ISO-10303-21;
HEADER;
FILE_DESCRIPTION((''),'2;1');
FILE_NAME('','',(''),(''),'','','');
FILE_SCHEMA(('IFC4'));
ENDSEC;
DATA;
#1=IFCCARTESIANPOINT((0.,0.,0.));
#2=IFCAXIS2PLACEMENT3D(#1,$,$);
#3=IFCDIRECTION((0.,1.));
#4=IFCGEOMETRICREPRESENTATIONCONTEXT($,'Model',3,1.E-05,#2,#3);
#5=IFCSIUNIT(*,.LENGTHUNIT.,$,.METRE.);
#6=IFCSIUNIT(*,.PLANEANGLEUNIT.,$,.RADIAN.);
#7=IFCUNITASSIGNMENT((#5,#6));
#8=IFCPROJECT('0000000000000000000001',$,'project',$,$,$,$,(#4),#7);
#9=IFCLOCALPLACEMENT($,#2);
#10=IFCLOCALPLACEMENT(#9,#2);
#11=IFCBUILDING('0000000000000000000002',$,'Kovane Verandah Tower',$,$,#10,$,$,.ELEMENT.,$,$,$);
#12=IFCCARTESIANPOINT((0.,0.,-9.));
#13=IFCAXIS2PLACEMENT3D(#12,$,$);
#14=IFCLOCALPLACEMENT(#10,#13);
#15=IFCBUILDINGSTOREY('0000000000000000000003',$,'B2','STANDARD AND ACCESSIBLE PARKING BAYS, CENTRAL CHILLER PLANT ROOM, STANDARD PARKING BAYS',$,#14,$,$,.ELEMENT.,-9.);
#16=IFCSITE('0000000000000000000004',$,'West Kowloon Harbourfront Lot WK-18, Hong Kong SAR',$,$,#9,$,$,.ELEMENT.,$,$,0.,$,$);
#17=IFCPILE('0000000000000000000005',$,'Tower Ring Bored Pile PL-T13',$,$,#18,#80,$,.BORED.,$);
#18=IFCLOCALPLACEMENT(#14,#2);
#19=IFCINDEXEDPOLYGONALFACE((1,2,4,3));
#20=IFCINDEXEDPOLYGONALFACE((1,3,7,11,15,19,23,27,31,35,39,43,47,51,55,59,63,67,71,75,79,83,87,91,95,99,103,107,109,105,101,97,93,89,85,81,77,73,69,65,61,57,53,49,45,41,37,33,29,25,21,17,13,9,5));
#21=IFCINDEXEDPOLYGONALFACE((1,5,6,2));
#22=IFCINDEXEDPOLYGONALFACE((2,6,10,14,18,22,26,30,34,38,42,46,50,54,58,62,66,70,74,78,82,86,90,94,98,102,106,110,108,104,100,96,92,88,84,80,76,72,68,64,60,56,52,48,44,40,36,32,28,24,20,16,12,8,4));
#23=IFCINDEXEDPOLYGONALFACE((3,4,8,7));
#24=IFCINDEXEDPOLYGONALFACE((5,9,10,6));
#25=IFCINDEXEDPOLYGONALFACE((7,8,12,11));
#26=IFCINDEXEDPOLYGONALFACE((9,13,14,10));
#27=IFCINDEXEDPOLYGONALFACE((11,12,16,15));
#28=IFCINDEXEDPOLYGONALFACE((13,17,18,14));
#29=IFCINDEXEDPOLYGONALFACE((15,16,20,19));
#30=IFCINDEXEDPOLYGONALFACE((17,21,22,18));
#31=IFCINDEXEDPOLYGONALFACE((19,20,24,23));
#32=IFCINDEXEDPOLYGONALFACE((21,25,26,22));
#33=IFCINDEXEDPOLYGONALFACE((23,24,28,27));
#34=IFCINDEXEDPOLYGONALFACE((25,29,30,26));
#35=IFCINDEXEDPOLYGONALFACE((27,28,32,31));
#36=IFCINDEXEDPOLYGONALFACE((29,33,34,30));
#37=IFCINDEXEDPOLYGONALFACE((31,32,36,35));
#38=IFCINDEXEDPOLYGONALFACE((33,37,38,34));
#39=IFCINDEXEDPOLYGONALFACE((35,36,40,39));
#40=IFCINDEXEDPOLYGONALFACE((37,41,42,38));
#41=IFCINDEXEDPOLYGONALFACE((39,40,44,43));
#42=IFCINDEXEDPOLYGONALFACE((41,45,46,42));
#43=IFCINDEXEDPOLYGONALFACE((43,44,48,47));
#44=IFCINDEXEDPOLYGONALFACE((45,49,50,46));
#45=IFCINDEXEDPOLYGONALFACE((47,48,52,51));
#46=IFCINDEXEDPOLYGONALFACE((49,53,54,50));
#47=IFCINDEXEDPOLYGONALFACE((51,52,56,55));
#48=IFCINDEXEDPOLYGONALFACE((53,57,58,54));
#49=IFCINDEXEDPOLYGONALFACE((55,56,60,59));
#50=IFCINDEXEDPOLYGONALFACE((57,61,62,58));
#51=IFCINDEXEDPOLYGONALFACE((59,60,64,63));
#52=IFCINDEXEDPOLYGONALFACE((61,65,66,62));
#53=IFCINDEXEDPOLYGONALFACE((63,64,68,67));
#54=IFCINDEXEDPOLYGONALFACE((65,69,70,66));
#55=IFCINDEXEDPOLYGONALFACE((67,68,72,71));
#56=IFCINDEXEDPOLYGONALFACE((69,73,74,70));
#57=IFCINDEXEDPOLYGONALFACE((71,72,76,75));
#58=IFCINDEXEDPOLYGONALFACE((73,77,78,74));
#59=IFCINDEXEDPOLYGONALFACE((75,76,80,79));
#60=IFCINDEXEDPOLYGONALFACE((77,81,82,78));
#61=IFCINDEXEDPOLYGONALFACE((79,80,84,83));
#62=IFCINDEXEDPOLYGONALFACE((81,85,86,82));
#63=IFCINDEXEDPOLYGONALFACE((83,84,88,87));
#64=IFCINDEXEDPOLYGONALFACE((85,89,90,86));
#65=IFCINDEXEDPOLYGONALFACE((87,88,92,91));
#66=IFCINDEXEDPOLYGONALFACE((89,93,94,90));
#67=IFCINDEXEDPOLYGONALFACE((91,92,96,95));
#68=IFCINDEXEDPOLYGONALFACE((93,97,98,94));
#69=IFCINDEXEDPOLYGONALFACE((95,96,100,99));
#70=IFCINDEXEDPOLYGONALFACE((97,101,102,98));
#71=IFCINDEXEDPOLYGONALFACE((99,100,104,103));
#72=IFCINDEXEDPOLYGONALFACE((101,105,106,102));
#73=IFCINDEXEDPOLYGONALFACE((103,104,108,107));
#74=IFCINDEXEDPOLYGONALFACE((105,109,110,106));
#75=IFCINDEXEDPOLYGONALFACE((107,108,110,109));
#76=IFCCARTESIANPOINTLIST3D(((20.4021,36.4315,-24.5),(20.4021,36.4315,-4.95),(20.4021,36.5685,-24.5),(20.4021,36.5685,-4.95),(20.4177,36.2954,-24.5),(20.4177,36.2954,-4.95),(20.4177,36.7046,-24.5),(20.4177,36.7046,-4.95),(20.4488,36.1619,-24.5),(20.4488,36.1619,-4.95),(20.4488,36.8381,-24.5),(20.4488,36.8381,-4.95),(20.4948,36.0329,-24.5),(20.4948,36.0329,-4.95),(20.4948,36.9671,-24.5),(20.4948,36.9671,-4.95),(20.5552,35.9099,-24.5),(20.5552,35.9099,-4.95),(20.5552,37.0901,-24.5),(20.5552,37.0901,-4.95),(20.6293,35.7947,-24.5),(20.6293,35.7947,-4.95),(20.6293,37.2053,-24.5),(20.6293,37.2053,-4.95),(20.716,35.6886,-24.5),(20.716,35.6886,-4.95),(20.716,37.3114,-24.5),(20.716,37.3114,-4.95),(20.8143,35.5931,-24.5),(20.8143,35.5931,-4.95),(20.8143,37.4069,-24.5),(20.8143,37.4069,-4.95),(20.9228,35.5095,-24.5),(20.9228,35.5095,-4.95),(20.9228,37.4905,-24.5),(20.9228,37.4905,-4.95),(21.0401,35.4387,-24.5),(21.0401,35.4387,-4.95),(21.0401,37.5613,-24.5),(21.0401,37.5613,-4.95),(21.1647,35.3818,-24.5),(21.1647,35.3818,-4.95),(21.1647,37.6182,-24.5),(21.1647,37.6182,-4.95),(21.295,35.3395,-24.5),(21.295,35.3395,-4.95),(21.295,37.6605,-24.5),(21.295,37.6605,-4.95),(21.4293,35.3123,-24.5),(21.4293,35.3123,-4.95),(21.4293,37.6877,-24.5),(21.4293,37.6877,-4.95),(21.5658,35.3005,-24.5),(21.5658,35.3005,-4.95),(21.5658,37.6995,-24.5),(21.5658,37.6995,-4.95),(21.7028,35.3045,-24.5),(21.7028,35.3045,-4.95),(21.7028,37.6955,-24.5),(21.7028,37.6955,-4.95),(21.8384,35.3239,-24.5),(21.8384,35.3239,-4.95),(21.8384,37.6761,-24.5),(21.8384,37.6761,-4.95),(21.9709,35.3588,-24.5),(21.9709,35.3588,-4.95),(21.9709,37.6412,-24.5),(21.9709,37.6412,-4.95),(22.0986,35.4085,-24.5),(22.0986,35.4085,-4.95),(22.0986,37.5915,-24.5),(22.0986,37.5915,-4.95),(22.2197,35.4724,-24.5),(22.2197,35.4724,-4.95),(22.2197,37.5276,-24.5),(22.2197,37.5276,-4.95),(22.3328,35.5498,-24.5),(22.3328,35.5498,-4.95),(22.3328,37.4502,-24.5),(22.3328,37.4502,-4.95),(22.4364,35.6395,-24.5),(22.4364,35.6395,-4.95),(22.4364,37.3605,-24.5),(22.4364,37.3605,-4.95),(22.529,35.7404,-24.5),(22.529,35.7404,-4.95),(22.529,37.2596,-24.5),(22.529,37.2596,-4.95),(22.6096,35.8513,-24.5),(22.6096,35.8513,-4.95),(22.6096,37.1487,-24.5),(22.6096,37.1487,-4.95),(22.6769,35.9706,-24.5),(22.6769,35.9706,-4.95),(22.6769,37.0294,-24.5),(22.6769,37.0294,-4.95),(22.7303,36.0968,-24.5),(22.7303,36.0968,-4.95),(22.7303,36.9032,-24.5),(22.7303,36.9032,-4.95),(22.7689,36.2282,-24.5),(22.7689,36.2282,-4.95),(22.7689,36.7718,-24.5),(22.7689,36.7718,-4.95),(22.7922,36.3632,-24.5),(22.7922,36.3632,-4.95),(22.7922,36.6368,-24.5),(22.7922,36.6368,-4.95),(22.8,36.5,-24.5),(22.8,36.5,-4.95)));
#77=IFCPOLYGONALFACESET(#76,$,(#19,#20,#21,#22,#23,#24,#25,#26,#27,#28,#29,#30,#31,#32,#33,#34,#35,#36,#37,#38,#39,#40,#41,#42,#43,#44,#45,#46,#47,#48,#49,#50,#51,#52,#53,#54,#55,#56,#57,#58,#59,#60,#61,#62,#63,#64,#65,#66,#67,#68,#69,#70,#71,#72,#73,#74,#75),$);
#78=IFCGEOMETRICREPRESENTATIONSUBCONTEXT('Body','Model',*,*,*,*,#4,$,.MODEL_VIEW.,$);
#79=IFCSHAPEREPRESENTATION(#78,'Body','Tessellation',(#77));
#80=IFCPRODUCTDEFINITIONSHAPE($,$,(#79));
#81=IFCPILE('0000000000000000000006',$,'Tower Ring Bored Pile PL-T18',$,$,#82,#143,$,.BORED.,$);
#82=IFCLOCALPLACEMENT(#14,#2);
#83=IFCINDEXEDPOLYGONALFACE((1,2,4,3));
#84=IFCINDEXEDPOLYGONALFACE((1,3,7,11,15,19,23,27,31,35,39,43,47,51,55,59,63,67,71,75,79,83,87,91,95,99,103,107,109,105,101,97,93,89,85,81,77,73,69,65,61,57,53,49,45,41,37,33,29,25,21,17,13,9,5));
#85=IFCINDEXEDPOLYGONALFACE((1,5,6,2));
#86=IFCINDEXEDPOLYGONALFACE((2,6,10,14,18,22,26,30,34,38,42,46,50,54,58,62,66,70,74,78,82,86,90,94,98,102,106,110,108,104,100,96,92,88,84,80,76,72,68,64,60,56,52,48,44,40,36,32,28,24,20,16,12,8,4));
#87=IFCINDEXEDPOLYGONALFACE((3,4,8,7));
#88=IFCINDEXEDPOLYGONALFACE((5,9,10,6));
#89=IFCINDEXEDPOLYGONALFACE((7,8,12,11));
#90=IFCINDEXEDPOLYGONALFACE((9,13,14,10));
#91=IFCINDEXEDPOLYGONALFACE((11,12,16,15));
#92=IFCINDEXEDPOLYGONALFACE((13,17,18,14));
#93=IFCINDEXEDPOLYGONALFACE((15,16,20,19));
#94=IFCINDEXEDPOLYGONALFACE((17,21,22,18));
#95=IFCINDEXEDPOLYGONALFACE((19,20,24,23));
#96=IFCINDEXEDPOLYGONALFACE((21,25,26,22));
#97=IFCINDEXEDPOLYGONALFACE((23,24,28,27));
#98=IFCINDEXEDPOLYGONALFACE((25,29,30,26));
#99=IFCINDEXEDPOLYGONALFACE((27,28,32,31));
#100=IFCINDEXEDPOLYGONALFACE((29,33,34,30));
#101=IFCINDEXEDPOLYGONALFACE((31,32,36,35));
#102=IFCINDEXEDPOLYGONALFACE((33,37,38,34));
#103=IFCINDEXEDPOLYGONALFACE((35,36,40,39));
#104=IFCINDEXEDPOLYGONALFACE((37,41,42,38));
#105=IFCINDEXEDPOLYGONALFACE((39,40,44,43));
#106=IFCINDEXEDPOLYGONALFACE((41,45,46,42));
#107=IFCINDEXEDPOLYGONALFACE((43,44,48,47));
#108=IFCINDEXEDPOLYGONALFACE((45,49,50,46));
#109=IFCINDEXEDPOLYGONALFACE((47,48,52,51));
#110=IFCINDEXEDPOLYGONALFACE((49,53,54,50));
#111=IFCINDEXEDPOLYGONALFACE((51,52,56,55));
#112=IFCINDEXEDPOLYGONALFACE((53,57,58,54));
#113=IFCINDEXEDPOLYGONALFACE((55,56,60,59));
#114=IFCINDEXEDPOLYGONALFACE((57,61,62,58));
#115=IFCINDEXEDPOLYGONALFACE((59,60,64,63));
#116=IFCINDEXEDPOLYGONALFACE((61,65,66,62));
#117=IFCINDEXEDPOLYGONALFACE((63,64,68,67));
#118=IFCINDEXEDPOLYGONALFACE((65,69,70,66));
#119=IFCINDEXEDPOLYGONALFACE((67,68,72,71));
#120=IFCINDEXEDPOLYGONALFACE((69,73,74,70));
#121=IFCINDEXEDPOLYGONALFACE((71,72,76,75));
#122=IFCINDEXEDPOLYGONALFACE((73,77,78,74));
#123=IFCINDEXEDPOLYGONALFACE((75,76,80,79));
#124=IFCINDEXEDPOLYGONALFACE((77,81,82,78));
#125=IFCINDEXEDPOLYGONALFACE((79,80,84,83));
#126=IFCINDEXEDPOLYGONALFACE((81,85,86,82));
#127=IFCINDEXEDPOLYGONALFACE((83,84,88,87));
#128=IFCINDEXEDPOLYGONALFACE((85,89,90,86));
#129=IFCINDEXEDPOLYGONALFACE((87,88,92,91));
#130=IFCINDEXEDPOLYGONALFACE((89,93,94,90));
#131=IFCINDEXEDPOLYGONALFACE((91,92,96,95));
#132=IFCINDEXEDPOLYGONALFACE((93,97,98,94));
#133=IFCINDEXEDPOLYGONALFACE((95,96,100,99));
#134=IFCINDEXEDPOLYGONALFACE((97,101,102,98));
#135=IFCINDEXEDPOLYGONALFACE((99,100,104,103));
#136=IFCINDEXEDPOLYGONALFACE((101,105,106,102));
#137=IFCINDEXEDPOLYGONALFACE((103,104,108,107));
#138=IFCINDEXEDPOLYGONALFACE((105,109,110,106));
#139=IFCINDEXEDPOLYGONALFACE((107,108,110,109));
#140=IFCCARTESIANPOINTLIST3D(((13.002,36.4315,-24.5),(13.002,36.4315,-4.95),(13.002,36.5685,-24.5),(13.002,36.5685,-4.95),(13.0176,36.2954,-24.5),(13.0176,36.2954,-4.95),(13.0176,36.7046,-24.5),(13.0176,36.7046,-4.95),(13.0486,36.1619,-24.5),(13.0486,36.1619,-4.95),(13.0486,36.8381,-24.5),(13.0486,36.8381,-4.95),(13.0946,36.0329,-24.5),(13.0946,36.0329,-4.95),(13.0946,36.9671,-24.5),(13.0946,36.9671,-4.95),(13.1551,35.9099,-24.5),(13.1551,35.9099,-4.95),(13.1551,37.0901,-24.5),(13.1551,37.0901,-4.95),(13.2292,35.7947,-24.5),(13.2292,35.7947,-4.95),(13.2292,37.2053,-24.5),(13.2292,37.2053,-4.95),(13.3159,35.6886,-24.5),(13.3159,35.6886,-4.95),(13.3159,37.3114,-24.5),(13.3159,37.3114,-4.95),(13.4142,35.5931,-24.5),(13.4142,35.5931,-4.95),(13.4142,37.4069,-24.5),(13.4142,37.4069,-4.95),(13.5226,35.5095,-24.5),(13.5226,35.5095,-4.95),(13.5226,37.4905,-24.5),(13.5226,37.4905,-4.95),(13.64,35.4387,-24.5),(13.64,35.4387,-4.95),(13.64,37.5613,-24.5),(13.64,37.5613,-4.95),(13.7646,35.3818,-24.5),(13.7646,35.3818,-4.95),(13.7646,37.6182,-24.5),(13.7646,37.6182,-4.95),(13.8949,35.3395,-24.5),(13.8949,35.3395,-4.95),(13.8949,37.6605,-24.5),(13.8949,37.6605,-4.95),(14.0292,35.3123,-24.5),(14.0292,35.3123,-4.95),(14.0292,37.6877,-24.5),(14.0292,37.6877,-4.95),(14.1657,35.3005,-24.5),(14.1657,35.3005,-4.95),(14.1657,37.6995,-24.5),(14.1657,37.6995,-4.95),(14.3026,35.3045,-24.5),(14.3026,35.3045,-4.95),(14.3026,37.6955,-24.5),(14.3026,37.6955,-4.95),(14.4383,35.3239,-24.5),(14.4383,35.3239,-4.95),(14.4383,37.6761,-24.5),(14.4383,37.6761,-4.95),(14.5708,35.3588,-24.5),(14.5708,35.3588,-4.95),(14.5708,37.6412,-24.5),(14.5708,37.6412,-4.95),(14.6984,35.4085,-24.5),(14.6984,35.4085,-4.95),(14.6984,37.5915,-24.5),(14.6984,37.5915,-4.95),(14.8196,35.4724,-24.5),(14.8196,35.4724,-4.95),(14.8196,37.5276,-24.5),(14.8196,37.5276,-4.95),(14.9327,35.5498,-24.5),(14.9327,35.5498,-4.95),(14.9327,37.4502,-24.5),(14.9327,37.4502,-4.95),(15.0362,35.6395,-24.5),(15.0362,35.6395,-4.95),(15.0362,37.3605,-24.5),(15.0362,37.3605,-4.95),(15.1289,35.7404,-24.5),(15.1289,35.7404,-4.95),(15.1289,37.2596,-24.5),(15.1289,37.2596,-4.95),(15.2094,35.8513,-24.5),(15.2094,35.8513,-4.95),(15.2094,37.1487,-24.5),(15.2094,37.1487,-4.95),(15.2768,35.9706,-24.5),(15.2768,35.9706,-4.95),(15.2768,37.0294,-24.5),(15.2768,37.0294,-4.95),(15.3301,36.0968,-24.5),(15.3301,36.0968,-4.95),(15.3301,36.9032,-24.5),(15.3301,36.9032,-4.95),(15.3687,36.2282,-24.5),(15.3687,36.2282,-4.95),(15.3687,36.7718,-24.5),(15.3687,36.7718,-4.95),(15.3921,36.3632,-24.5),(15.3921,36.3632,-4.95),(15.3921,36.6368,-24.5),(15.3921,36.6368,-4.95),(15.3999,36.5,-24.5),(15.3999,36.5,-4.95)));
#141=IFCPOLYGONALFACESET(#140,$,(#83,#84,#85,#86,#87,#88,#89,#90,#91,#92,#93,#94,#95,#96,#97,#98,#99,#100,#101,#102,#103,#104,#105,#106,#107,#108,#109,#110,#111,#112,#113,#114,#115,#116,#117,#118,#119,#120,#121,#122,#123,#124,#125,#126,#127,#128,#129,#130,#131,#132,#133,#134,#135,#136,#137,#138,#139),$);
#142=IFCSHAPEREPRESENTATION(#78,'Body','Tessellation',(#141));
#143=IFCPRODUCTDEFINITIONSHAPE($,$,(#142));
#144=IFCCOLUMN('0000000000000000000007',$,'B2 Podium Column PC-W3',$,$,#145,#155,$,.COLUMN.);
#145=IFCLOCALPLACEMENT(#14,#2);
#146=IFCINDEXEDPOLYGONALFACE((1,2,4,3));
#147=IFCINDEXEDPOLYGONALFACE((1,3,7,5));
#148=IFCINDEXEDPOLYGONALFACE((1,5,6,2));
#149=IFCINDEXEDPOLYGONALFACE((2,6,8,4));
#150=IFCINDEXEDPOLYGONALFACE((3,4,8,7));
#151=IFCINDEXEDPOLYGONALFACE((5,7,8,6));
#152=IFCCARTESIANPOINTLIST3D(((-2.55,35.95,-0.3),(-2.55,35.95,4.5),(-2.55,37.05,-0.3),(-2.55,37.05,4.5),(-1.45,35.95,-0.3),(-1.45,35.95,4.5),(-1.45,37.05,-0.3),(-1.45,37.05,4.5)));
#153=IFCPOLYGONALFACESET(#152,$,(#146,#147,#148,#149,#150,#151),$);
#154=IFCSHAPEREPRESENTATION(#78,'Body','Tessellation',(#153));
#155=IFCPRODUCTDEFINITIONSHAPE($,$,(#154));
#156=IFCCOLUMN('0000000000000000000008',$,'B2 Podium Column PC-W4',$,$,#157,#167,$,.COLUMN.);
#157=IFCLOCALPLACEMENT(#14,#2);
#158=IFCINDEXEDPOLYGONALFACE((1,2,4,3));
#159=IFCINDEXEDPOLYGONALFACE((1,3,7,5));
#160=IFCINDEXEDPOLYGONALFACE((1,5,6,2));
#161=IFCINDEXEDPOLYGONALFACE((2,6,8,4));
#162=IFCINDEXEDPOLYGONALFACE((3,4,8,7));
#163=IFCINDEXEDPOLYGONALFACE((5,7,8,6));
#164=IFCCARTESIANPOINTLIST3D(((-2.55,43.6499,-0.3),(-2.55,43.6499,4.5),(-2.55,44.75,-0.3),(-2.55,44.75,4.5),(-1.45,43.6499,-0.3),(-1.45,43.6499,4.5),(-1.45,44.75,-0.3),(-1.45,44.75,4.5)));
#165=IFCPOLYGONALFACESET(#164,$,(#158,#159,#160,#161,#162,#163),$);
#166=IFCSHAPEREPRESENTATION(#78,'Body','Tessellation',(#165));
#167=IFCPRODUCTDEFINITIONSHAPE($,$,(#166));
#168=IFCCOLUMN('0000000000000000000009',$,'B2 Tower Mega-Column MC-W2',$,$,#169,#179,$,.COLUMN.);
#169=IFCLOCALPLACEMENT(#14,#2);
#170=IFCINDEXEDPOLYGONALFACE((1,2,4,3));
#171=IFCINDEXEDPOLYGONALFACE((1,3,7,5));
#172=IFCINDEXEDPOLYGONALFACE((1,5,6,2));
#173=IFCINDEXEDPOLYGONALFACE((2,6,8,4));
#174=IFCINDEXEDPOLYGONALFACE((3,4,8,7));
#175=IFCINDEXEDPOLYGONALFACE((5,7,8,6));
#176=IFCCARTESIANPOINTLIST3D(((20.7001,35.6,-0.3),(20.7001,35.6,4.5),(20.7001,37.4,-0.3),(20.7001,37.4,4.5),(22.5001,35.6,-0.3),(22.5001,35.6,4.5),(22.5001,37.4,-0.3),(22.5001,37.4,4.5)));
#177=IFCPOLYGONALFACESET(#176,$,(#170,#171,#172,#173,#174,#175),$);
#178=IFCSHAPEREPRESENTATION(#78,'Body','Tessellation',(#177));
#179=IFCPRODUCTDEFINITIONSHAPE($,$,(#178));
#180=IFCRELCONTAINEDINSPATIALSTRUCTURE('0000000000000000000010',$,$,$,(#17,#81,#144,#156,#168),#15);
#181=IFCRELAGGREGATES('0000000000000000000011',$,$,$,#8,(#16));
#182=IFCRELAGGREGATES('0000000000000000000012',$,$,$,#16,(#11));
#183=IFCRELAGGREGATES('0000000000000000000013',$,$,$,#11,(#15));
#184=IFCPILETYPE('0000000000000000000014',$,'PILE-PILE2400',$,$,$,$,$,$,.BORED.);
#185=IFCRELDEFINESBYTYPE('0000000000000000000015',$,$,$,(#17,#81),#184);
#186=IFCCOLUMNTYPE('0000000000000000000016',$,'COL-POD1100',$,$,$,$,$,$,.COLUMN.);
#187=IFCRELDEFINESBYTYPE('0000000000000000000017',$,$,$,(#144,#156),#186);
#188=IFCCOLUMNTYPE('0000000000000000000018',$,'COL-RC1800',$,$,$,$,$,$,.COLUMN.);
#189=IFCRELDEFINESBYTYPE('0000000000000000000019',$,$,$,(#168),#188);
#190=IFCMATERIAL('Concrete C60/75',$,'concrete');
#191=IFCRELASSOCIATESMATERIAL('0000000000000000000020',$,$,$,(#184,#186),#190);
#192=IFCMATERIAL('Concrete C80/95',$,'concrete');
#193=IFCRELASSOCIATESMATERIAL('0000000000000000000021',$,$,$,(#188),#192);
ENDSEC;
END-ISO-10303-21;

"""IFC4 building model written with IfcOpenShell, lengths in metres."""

from ifc_helpers import new_model, si_unit, direction, frame, origin, origin_2d, place, context, subcontext, project, spatial, rectangle, circle, extrude, material, material_profile, profile_set, type_object, element, save


model = new_model("IFC4")

# Units and contexts
model_context = context("Model", 3, precision=1e-05, world=origin(), true_north=direction((0.0, 1.0)))
body_context = subcontext(model_context, "Body", "Model", "MODEL_VIEW")
ifc_project = project(units=[si_unit("LENGTHUNIT", "METRE"), si_unit("PLANEANGLEUNIT", "RADIAN")], contexts=[model_context])

# Site, building, storey
site_placement = place(None, origin())
site = spatial("IfcSite", under=ifc_project, at=site_placement, Name="West Kowloon Harbourfront Lot WK-18, Hong Kong SAR", CompositionType="ELEMENT", RefElevation=0.0)
building_placement = place(site_placement, origin())
building = spatial("IfcBuilding", under=site, at=building_placement, Name="Kovane Verandah Tower", CompositionType="ELEMENT")
storey_placement = place(building_placement, frame((0.0, 0.0, -9.0)))
storey = spatial("IfcBuildingStorey", under=building, at=storey_placement, Name="B2", Description="STANDARD AND ACCESSIBLE PARKING BAYS, CENTRAL CHILLER PLANT ROOM, STANDARD PARKING BAYS", CompositionType="ELEMENT", Elevation=-9.0)

# Shared definitions
ifc_material_1 = material(Name="Concrete C60/75", Category="concrete")

# Piles
ifc_material_profile_1 = material_profile(ifc_material_1, circle(Radius=1.2, at=origin_2d()), Name="PILE2400")
ifc_profile_set_1 = profile_set([ifc_material_profile_1], Name="Concrete C60/75")
pile_type_1 = type_object("IfcPileType", Name="PILE-PILE2400", PredefinedType="BORED", material=ifc_profile_set_1)
for number, where, z_axis, x_axis, name in (
    (1, (21.6001, 36.5, -4.95), (0.0, 0.0, -1.0), (1.0, 0.0, 0.0), "Tower Ring Bored Pile PL-T13"),
    (2, (14.2, 36.5, -4.95), (0.0, 0.0, -1.0), (1.0, 0.0, 0.0), "Tower Ring Bored Pile PL-T18"),
):
    element("IfcPile", number, at=place(storey_placement, frame(where, z_axis=z_axis, x_axis=x_axis)), inside=storey, type_object=pile_type_1, Name=name, PredefinedType="BORED", context=body_context, shape_type="SweptSolid", body=[
        extrude(circle(Radius=1.2, at=origin_2d()), origin(), (0.0, 0.0, 1.0), 19.55),
    ])

# Columns
ifc_material_profile_2 = material_profile(ifc_material_1, rectangle(XDim=1.1001, YDim=1.1001, at=origin_2d()), Name="RC1100x1100")
ifc_profile_set_2 = profile_set([ifc_material_profile_2], Name="Concrete C60/75")
column_type_1 = type_object("IfcColumnType", Name="COL-POD1100", PredefinedType="COLUMN", material=ifc_profile_set_2)
for number, where, z_axis, x_axis, name in (
    (3, (-2.0, 36.5, -0.3), (0.0, 0.0, 1.0), (1.0, 0.0, 0.0), "B2 Podium Column PC-W3"),
    (4, (-2.0, 44.2, -0.3), (0.0, 0.0, 1.0), (1.0, 0.0, 0.0), "B2 Podium Column PC-W4"),
):
    element("IfcColumn", number, at=place(storey_placement, frame(where, z_axis=z_axis, x_axis=x_axis)), inside=storey, type_object=column_type_1, Name=name, PredefinedType="COLUMN", context=body_context, shape_type="SweptSolid", body=[
        extrude(rectangle(XDim=1.1001, YDim=1.1001, at=origin_2d()), origin(), (0.0, 0.0, 1.0), 4.8),
    ])
ifc_material_2 = material(Name="Concrete C80/95", Category="concrete")
ifc_material_profile_3 = material_profile(ifc_material_2, rectangle(XDim=1.8, YDim=1.8, at=origin_2d()), Name="RC1800x1800")
ifc_profile_set_3 = profile_set([ifc_material_profile_3], Name="Concrete C80/95")
column_type_2 = type_object("IfcColumnType", Name="COL-RC1800", PredefinedType="COLUMN", material=ifc_profile_set_3)
column_1_placement = place(storey_placement, frame((21.6001, 36.5, -0.3), z_axis=(0.0, 0.0, 1.0), x_axis=(1.0, 0.0, 0.0)))
element("IfcColumn", 5, at=column_1_placement, inside=storey, type_object=column_type_2, Name="B2 Tower Mega-Column MC-W2", PredefinedType="COLUMN", context=body_context, shape_type="SweptSolid", body=[
    extrude(rectangle(XDim=1.8, YDim=1.8, at=origin_2d()), origin(), (0.0, 0.0, 1.0), 4.8),
])

save(model, "model.ifc")
